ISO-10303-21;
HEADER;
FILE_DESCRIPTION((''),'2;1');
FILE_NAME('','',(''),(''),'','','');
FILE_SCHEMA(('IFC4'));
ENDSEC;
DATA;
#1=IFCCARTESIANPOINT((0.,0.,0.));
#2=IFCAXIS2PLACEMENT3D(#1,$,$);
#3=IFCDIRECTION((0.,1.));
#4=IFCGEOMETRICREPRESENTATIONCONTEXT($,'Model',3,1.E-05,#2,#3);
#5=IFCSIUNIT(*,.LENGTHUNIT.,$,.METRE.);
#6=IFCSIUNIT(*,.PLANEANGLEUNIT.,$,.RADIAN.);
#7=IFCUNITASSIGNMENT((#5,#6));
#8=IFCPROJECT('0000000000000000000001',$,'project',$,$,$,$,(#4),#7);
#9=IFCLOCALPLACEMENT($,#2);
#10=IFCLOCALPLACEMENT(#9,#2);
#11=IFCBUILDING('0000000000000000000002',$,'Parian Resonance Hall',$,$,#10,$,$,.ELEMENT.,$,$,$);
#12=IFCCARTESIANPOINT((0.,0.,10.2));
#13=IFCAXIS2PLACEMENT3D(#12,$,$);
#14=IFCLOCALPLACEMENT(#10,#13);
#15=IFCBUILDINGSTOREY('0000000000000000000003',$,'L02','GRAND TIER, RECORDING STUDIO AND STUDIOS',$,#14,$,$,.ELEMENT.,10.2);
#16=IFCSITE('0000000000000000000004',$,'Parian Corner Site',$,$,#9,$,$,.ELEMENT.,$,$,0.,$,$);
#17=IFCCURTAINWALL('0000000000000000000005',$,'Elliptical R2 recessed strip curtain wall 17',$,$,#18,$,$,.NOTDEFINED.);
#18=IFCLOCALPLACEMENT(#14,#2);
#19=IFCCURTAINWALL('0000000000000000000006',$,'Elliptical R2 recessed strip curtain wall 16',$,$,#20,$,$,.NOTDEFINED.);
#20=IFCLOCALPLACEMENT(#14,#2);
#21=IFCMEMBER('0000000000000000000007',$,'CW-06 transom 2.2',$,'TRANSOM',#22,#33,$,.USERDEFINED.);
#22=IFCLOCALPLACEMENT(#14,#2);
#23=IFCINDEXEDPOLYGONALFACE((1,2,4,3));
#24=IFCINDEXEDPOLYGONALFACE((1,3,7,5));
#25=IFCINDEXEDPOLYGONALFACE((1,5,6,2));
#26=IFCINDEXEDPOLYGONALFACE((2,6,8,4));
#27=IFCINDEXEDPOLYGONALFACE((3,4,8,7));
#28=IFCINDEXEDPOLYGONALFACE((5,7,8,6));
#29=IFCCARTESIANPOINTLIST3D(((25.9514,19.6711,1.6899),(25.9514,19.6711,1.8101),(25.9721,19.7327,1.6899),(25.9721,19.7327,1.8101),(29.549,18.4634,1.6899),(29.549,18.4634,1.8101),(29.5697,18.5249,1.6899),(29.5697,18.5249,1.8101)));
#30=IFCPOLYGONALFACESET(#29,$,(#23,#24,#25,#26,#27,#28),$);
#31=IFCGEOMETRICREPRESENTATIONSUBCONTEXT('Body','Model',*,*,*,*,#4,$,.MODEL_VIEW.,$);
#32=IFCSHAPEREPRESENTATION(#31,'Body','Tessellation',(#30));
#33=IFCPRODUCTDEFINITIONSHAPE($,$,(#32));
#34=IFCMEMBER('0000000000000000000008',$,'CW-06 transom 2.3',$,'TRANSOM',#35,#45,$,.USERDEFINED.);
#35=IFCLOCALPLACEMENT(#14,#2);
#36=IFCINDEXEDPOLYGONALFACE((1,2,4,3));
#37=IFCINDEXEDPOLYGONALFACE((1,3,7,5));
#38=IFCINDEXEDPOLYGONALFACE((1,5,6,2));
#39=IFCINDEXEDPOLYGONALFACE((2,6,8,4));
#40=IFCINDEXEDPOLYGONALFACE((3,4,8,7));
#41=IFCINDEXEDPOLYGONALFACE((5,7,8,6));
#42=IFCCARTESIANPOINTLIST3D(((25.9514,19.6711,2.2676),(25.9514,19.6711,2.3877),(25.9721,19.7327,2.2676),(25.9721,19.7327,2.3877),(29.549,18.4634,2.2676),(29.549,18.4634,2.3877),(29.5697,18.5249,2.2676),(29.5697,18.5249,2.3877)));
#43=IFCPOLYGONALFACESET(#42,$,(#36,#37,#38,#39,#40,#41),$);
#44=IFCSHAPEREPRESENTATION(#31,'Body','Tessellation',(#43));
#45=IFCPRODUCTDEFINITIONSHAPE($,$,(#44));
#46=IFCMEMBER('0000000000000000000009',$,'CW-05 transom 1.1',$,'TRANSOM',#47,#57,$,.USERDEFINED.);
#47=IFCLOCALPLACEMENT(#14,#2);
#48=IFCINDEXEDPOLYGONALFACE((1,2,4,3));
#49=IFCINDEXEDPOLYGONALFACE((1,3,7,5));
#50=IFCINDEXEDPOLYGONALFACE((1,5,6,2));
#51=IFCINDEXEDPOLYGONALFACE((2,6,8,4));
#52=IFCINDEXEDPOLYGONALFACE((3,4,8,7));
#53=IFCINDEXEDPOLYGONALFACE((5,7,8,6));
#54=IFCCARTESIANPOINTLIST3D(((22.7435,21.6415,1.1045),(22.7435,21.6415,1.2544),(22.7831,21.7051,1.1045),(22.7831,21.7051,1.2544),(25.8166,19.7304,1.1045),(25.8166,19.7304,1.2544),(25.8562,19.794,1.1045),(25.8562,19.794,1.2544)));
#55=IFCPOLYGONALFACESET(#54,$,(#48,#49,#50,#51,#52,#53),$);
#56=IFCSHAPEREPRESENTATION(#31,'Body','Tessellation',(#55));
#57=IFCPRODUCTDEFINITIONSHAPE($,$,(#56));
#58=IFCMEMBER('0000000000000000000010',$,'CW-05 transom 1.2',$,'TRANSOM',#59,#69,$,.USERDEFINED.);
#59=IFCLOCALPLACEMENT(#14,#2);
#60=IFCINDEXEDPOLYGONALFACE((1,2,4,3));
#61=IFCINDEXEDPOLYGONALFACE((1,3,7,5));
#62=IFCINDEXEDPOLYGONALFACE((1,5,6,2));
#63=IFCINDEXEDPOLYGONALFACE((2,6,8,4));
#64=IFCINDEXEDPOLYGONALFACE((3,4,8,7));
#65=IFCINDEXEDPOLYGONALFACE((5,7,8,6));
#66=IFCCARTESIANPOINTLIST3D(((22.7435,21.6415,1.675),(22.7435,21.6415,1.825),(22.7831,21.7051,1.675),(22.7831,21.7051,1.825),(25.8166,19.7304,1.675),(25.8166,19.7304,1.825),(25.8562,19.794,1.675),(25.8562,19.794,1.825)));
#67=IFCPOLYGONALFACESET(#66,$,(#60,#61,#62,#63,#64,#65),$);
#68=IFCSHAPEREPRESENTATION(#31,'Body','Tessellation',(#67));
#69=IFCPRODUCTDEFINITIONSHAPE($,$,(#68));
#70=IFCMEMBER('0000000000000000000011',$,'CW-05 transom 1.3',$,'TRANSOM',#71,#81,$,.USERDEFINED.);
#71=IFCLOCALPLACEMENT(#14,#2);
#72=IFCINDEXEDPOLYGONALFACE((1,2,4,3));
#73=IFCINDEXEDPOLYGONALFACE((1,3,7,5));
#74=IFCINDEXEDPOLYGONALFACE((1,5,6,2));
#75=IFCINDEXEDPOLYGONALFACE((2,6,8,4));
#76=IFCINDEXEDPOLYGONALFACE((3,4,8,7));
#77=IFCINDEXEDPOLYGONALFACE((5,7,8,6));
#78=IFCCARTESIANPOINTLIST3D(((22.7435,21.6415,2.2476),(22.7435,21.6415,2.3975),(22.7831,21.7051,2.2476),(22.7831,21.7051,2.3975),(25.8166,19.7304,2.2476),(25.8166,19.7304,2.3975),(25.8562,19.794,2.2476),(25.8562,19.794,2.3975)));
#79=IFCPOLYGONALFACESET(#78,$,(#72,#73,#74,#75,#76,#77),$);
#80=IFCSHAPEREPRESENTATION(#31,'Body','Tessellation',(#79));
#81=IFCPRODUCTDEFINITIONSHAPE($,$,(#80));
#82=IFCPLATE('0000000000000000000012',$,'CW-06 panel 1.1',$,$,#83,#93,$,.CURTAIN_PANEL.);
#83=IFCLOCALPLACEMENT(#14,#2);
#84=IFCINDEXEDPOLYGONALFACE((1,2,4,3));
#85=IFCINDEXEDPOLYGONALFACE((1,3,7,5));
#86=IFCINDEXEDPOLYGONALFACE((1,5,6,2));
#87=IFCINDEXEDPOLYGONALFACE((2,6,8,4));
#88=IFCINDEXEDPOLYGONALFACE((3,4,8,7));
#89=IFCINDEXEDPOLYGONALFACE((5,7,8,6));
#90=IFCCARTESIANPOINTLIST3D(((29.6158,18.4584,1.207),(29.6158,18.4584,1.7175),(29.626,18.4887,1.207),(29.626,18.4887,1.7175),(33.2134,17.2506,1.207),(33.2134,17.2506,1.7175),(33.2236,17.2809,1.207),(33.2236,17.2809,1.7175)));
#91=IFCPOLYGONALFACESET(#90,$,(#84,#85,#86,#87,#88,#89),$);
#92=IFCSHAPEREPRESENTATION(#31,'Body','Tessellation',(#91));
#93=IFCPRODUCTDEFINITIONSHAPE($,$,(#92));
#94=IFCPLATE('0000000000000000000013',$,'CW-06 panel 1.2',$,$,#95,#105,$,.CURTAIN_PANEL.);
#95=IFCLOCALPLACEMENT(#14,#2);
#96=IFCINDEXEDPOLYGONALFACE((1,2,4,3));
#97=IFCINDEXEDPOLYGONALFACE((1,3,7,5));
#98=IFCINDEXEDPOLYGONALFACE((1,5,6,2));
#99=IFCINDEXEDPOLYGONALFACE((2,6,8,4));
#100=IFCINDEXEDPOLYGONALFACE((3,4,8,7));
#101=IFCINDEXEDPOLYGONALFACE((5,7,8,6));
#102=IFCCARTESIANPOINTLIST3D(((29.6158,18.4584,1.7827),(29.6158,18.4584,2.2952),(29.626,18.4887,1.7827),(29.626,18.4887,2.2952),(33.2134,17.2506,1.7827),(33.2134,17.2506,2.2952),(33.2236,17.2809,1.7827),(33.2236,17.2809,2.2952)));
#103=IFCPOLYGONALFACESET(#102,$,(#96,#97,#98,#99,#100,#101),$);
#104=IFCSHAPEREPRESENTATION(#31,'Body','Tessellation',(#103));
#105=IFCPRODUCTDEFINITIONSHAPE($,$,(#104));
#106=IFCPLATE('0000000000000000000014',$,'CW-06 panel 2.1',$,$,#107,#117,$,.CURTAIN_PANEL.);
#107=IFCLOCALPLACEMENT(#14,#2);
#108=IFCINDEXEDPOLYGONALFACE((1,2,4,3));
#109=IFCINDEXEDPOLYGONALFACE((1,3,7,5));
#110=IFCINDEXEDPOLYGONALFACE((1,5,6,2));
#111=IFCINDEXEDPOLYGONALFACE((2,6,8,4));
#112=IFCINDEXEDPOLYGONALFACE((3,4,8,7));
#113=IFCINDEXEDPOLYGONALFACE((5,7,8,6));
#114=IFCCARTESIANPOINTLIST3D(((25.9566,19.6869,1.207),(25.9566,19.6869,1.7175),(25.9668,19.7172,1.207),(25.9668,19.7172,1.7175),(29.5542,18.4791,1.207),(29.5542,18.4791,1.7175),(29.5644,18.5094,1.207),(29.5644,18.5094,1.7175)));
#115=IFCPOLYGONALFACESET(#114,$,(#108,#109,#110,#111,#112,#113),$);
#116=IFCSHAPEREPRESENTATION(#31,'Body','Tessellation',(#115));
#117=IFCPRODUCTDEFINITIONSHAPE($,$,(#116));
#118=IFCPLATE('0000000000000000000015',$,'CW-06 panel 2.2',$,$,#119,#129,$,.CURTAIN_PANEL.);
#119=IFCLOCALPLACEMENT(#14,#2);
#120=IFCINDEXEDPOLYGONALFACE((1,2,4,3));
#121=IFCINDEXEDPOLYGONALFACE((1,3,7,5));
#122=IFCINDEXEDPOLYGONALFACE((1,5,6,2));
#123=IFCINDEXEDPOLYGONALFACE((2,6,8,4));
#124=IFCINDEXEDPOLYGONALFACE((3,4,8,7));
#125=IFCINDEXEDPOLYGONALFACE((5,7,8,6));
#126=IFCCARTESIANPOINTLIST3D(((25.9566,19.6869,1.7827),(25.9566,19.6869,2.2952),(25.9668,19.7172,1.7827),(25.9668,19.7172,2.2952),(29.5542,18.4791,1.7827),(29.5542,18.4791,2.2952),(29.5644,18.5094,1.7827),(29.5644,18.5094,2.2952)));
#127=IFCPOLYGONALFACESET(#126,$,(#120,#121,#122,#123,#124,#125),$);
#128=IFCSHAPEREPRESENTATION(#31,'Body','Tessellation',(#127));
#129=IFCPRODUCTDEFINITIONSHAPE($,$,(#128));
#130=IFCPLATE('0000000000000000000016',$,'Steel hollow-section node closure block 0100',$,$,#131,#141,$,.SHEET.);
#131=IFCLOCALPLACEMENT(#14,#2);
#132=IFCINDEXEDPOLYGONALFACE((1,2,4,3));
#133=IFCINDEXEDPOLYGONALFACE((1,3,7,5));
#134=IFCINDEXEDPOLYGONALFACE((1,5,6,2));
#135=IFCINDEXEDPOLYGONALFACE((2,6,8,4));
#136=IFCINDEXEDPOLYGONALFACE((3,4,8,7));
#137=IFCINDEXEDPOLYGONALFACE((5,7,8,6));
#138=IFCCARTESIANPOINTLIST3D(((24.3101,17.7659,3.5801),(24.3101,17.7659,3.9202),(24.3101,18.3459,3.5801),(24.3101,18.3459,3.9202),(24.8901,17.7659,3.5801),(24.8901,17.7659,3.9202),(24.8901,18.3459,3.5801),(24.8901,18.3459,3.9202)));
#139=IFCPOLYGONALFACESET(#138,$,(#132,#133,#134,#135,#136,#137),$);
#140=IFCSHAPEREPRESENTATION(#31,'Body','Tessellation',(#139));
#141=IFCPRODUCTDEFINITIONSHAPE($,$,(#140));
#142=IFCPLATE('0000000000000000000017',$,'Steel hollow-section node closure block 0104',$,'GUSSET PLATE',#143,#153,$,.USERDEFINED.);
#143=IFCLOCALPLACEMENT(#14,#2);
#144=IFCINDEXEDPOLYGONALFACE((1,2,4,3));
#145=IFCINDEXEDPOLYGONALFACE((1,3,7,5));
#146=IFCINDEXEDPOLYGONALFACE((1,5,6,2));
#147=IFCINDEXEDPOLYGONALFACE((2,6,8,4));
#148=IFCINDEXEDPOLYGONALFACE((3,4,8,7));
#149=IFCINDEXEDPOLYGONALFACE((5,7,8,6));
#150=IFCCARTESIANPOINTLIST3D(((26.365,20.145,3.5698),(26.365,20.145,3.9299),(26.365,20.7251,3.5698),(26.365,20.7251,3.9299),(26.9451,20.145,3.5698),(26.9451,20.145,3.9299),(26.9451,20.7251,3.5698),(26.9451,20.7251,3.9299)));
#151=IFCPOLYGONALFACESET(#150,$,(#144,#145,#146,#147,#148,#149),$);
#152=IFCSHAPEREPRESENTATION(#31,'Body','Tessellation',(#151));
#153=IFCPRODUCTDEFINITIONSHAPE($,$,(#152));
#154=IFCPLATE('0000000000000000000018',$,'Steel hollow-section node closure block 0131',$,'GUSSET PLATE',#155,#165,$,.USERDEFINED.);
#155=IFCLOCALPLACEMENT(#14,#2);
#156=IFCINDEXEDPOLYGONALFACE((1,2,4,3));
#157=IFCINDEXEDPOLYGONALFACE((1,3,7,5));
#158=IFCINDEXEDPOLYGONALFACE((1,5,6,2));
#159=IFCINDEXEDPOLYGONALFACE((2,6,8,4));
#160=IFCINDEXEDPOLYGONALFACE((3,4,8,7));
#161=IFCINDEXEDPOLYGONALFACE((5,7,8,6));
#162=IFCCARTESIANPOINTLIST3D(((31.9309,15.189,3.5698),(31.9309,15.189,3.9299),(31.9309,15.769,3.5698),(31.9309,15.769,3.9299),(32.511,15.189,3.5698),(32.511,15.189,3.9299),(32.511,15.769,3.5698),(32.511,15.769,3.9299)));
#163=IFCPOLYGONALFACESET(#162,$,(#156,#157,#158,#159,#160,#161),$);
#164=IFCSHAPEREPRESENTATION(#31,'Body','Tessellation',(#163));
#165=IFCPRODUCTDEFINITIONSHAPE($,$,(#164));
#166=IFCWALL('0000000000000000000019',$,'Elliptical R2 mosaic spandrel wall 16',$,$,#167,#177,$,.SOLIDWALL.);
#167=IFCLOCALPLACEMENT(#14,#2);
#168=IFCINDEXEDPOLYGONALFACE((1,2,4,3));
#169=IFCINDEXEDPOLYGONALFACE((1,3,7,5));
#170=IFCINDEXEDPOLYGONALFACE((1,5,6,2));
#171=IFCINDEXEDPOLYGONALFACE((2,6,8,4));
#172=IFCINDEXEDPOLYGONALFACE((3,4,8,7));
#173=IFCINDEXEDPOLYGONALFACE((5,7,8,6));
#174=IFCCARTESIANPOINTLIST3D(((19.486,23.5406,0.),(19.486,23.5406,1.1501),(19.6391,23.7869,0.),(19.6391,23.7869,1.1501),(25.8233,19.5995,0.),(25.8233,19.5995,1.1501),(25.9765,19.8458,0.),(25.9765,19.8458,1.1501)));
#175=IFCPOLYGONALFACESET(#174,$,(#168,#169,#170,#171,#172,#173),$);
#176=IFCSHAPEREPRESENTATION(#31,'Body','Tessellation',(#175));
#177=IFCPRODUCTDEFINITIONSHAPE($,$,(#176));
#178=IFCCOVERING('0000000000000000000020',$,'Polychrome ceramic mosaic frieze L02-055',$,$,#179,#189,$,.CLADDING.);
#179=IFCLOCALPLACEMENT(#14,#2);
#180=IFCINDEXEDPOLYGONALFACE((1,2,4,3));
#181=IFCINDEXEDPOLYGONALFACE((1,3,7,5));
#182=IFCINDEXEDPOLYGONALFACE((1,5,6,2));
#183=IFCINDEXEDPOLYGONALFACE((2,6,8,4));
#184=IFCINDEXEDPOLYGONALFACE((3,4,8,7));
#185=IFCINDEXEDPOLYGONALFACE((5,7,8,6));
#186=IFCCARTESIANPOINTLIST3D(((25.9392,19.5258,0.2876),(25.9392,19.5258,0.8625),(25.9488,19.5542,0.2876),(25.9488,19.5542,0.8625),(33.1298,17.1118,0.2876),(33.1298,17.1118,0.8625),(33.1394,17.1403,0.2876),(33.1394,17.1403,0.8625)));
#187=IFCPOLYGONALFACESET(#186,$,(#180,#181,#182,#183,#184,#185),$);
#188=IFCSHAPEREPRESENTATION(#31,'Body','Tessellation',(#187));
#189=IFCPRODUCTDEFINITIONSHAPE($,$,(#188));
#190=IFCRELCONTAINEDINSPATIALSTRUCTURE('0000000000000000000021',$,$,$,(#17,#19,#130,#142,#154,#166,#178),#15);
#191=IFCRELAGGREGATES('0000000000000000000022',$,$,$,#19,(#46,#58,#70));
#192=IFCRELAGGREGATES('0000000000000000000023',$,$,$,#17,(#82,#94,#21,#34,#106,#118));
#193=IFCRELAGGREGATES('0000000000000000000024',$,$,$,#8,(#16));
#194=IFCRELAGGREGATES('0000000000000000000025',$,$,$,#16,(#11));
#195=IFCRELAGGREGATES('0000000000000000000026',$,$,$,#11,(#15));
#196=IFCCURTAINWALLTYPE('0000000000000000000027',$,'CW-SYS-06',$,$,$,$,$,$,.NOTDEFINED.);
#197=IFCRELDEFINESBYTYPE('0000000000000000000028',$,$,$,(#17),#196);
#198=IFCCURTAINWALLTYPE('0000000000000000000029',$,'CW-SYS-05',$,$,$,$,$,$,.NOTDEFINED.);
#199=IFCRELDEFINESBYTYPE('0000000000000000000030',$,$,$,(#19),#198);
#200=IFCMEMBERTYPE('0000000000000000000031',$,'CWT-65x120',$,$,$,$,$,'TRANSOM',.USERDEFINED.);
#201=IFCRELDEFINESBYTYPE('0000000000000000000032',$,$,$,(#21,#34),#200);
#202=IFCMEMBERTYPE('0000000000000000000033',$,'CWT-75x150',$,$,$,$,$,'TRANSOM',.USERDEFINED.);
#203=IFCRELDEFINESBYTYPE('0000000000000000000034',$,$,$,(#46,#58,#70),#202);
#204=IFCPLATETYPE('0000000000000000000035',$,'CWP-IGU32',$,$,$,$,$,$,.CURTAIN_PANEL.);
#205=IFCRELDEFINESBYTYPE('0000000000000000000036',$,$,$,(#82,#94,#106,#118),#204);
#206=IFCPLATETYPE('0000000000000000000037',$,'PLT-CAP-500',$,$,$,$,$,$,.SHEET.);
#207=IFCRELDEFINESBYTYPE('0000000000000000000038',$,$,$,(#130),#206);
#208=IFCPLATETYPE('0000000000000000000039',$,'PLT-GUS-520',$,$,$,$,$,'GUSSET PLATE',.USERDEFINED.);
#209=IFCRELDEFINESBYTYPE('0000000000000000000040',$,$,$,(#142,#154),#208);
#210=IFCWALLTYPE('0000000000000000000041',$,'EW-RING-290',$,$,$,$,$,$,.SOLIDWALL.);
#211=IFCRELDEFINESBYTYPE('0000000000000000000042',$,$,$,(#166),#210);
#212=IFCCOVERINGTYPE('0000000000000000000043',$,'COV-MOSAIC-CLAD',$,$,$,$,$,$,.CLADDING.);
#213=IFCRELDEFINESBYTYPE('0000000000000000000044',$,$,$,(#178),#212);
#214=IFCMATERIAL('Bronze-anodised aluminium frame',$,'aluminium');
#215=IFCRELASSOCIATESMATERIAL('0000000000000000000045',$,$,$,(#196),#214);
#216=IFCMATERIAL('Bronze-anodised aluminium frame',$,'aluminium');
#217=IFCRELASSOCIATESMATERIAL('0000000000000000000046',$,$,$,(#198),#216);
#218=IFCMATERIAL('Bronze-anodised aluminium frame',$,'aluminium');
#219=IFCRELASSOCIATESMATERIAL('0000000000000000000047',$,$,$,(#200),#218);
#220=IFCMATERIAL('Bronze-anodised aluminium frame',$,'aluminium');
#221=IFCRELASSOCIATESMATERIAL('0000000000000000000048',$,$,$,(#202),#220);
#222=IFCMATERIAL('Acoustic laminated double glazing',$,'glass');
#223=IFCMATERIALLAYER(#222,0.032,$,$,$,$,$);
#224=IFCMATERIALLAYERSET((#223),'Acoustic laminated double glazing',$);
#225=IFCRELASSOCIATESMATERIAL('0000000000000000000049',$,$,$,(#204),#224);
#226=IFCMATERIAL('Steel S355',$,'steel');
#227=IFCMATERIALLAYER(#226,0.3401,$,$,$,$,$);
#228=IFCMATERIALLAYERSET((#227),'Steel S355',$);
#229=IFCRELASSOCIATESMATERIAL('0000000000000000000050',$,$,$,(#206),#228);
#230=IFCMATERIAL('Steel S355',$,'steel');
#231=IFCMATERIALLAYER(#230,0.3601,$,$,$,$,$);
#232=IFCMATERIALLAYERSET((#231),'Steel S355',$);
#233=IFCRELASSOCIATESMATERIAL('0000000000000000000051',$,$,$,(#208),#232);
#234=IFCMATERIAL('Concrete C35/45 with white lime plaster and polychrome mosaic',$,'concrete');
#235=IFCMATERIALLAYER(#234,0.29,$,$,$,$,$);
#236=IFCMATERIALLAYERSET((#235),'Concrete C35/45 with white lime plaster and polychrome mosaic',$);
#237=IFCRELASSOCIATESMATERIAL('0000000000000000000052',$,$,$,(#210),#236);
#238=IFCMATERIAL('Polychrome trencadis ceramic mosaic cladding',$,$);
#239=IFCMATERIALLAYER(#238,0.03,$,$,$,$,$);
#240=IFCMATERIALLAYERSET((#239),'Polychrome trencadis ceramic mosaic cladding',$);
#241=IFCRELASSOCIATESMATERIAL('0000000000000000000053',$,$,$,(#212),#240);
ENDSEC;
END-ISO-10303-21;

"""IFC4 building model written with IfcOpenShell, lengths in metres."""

from ifc_helpers import new_model, si_unit, direction, frame, frame_2d, origin, origin_2d, place, context, subcontext, project, spatial, rectangle, extrude, material, layer, layer_set, material_profile, profile_set, type_object, element, aggregate, save


model = new_model("IFC4")

# Units and contexts
model_context = context("Model", 3, precision=1e-05, world=origin(), true_north=direction((0.0, 1.0)))
body_context = subcontext(model_context, "Body", "Model", "MODEL_VIEW")
ifc_project = project(units=[si_unit("LENGTHUNIT", "METRE"), si_unit("PLANEANGLEUNIT", "RADIAN")], contexts=[model_context])

# Site, building, storey
site_placement = place(None, origin())
site = spatial("IfcSite", under=ifc_project, at=site_placement, Name="Parian Corner Site", CompositionType="ELEMENT", RefElevation=0.0)
building_placement = place(site_placement, origin())
building = spatial("IfcBuilding", under=site, at=building_placement, Name="Parian Resonance Hall", CompositionType="ELEMENT")
storey_placement = place(building_placement, frame((0.0, 0.0, 10.2)))
storey = spatial("IfcBuildingStorey", under=building, at=storey_placement, Name="L02", Description="GRAND TIER, RECORDING STUDIO AND STUDIOS", CompositionType="ELEMENT", Elevation=10.2)

# Curtain wall
ifc_material_1 = material(Name="Bronze-anodised aluminium frame", Category="aluminium")
curtain_wall_type_1 = type_object("IfcCurtainWallType", Name="CW-SYS-06", PredefinedType="NOTDEFINED", material=ifc_material_1)
curtain_wall_1_placement = place(storey_placement, origin())
curtain_wall_1 = element("IfcCurtainWall", 1, at=curtain_wall_1_placement, inside=storey, type_object=curtain_wall_type_1, Name="Elliptical R2 recessed strip curtain wall 17", PredefinedType="NOTDEFINED")

# Curtain wall
ifc_material_2 = material(Name="Bronze-anodised aluminium frame", Category="aluminium")
curtain_wall_type_2 = type_object("IfcCurtainWallType", Name="CW-SYS-05", PredefinedType="NOTDEFINED", material=ifc_material_2)
curtain_wall_2_placement = place(storey_placement, origin())
curtain_wall_2 = element("IfcCurtainWall", 2, at=curtain_wall_2_placement, inside=storey, type_object=curtain_wall_type_2, Name="Elliptical R2 recessed strip curtain wall 16", PredefinedType="NOTDEFINED")

# Members
ifc_material_3 = material(Name="Bronze-anodised aluminium frame", Category="aluminium")
ifc_material_profile_1 = material_profile(ifc_material_3, rectangle(XDim=0.0649, YDim=0.1201, at=origin_2d()), Name="CWT-65x120")
ifc_profile_set_1 = profile_set([ifc_material_profile_1], Name="Bronze-anodised aluminium frame")
member_type_1 = type_object("IfcMemberType", Name="CWT-65x120", ElementType="TRANSOM", PredefinedType="USERDEFINED", material=ifc_profile_set_1)
member_1_placement = place(storey_placement, frame((29.5593, 18.4941, 1.75), z_axis=(-0.948006, 0.318254, 0.0), x_axis=(-0.318254, -0.948006, 0.0)))
member_1 = element("IfcMember", 3, at=member_1_placement, type_object=member_type_1, Name="CW-06 transom 2.2", ObjectType="TRANSOM", PredefinedType="USERDEFINED", context=body_context, shape_type="SweptSolid", body=[
    extrude(rectangle(XDim=0.0649, YDim=0.1201, at=origin_2d()), origin(), (0.0, 0.0, 1.0), 3.7949),
])
member_2_placement = place(storey_placement, frame((29.5593, 18.4941, 2.3276), z_axis=(-0.948006, 0.318254, 0.0), x_axis=(-0.318254, -0.948006, 0.0)))
member_2 = element("IfcMember", 4, at=member_2_placement, type_object=member_type_1, Name="CW-06 transom 2.3", ObjectType="TRANSOM", PredefinedType="USERDEFINED", context=body_context, shape_type="SweptSolid", body=[
    extrude(rectangle(XDim=0.0649, YDim=0.1201, at=origin_2d()), origin(), (0.0, 0.0, 1.0), 3.7949),
])
ifc_material_4 = material(Name="Bronze-anodised aluminium frame", Category="aluminium")
ifc_material_profile_2 = material_profile(ifc_material_4, rectangle(XDim=0.075, YDim=0.1499, at=origin_2d()), Name="CWT-75x150")
ifc_profile_set_2 = profile_set([ifc_material_profile_2], Name="Bronze-anodised aluminium frame")
member_type_2 = type_object("IfcMemberType", Name="CWT-75x150", ElementType="TRANSOM", PredefinedType="USERDEFINED", material=ifc_profile_set_2)
member_3_placement = place(storey_placement, frame((25.8364, 19.7622, 1.1794), z_axis=(-0.849194, 0.528081, 0.0), x_axis=(-0.528081, -0.849194, 0.0)))
member_3 = element("IfcMember", 5, at=member_3_placement, type_object=member_type_2, Name="CW-05 transom 1.1", ObjectType="TRANSOM", PredefinedType="USERDEFINED", context=body_context, shape_type="SweptSolid", body=[
    extrude(rectangle(XDim=0.075, YDim=0.1499, at=origin_2d()), origin(), (0.0, 0.0, 1.0), 3.6189),
])
member_4_placement = place(storey_placement, frame((25.8364, 19.7622, 1.75), z_axis=(-0.849194, 0.528081, 0.0), x_axis=(-0.528081, -0.849194, 0.0)))
member_4 = element("IfcMember", 6, at=member_4_placement, type_object=member_type_2, Name="CW-05 transom 1.2", ObjectType="TRANSOM", PredefinedType="USERDEFINED", context=body_context, shape_type="SweptSolid", body=[
    extrude(rectangle(XDim=0.075, YDim=0.1499, at=origin_2d()), origin(), (0.0, 0.0, 1.0), 3.6189),
])
member_5_placement = place(storey_placement, frame((25.8364, 19.7622, 2.3225), z_axis=(-0.849194, 0.528081, 0.0), x_axis=(-0.528081, -0.849194, 0.0)))
member_5 = element("IfcMember", 7, at=member_5_placement, type_object=member_type_2, Name="CW-05 transom 1.3", ObjectType="TRANSOM", PredefinedType="USERDEFINED", context=body_context, shape_type="SweptSolid", body=[
    extrude(rectangle(XDim=0.075, YDim=0.1499, at=origin_2d()), origin(), (0.0, 0.0, 1.0), 3.6189),
])
aggregate(curtain_wall_2, [member_3, member_4, member_5])

# Plates
ifc_material_5 = material(Name="Acoustic laminated double glazing", Category="glass")
ifc_layer_1 = layer(ifc_material_5, 0.032)
ifc_layer_set_1 = layer_set([ifc_layer_1], Name="Acoustic laminated double glazing")
plate_type_1 = type_object("IfcPlateType", Name="CWP-IGU32", PredefinedType="CURTAIN_PANEL", material=ifc_layer_set_1)
plate_1_placement = place(storey_placement, frame((31.4197, 17.8696, 1.207), z_axis=(0.0, 0.0, 1.0), x_axis=(-0.948004, 0.318258, 0.0)))
plate_1 = element("IfcPlate", 8, at=plate_1_placement, type_object=plate_type_1, Name="CW-06 panel 1.1", PredefinedType="CURTAIN_PANEL", context=body_context, shape_type="SweptSolid", body=[
    extrude(rectangle(XDim=3.7949, YDim=0.032, at=origin_2d()), origin(), (0.0, 0.0, 1.0), 0.5105),
])
plate_2_placement = place(storey_placement, frame((31.4197, 17.8696, 1.7827), z_axis=(0.0, 0.0, 1.0), x_axis=(-0.948004, 0.318258, 0.0)))
plate_2 = element("IfcPlate", 9, at=plate_2_placement, type_object=plate_type_1, Name="CW-06 panel 1.2", PredefinedType="CURTAIN_PANEL", context=body_context, shape_type="SweptSolid", body=[
    extrude(rectangle(XDim=3.7949, YDim=0.032, at=origin_2d()), origin(), (0.0, 0.0, 1.0), 0.5125),
])
plate_3_placement = place(storey_placement, frame((27.7605, 19.0981, 1.207), z_axis=(0.0, 0.0, 1.0), x_axis=(-0.948004, 0.318258, 0.0)))
plate_3 = element("IfcPlate", 10, at=plate_3_placement, type_object=plate_type_1, Name="CW-06 panel 2.1", PredefinedType="CURTAIN_PANEL", context=body_context, shape_type="SweptSolid", body=[
    extrude(rectangle(XDim=3.7949, YDim=0.032, at=origin_2d()), origin(), (0.0, 0.0, 1.0), 0.5105),
])
plate_4_placement = place(storey_placement, frame((27.7605, 19.0981, 1.7827), z_axis=(0.0, 0.0, 1.0), x_axis=(-0.948004, 0.318258, 0.0)))
plate_4 = element("IfcPlate", 11, at=plate_4_placement, type_object=plate_type_1, Name="CW-06 panel 2.2", PredefinedType="CURTAIN_PANEL", context=body_context, shape_type="SweptSolid", body=[
    extrude(rectangle(XDim=3.7949, YDim=0.032, at=origin_2d()), origin(), (0.0, 0.0, 1.0), 0.5125),
])
aggregate(curtain_wall_1, [plate_1, plate_2, member_1, member_2, plate_3, plate_4])

# Plates
ifc_material_6 = material(Name="Steel S355", Category="steel")
ifc_layer_2 = layer(ifc_material_6, 0.3401)
ifc_layer_set_2 = layer_set([ifc_layer_2], Name="Steel S355")
plate_type_2 = type_object("IfcPlateType", Name="PLT-CAP-500", PredefinedType="SHEET", material=ifc_layer_set_2)
plate_5_placement = place(storey_placement, frame((24.6001, 18.0559, 3.5801), z_axis=(0.0, 0.0, 1.0), x_axis=(1.0, 0.0, 0.0)))
element("IfcPlate", 12, at=plate_5_placement, inside=storey, type_object=plate_type_2, Name="Steel hollow-section node closure block 0100", PredefinedType="SHEET", context=body_context, shape_type="SweptSolid", body=[
    extrude(rectangle(XDim=0.5801, YDim=0.5801, at=origin_2d()), origin(), (0.0, 0.0, 1.0), 0.3401),
])
ifc_material_7 = material(Name="Steel S355", Category="steel")
ifc_layer_3 = layer(ifc_material_7, 0.3601)
ifc_layer_set_3 = layer_set([ifc_layer_3], Name="Steel S355")
plate_type_3 = type_object("IfcPlateType", Name="PLT-GUS-520", ElementType="GUSSET PLATE", PredefinedType="USERDEFINED", material=ifc_layer_set_3)
for number, where, z_axis, x_axis, name in (
    (13, (26.655, 20.4351, 3.5698), (0.0, 0.0, 1.0), (1.0, 0.0, 0.0), "Steel hollow-section node closure block 0104"),
    (14, (32.2209, 15.479, 3.5698), (0.0, 0.0, 1.0), (1.0, 0.0, 0.0), "Steel hollow-section node closure block 0131"),
):
    element("IfcPlate", number, at=place(storey_placement, frame(where, z_axis=z_axis, x_axis=x_axis)), inside=storey, type_object=plate_type_3, Name=name, ObjectType="GUSSET PLATE", PredefinedType="USERDEFINED", context=body_context, shape_type="SweptSolid", body=[
        extrude(rectangle(XDim=0.5801, YDim=0.5801, at=origin_2d()), origin(), (0.0, 0.0, 1.0), 0.3601),
    ])

# Wall
ifc_material_8 = material(Name="Concrete C35/45 with white lime plaster and polychrome mosaic", Category="concrete")
ifc_layer_4 = layer(ifc_material_8, 0.29)
ifc_layer_set_4 = layer_set([ifc_layer_4], Name="Concrete C35/45 with white lime plaster and polychrome mosaic")
wall_type = type_object("IfcWallType", Name="EW-RING-290", PredefinedType="SOLIDWALL", material=ifc_layer_set_4)
wall_placement = place(storey_placement, frame((25.8999, 19.7227, 0.0), z_axis=(0.0, 0.0, 1.0), x_axis=(-0.849183, 0.528098, 0.0)))
element("IfcWall", 15, at=wall_placement, inside=storey, type_object=wall_type, Name="Elliptical R2 mosaic spandrel wall 16", PredefinedType="SOLIDWALL", context=body_context, shape_type="SweptSolid", body=[
    extrude(rectangle(XDim=7.4629, YDim=0.29, at=frame_2d((3.7314, 0.0))), origin(), (0.0, 0.0, 1.0), 1.1501),
])

# Covering
ifc_material_9 = material(Name="Polychrome trencadis ceramic mosaic cladding")
ifc_layer_5 = layer(ifc_material_9, 0.03)
ifc_layer_set_5 = layer_set([ifc_layer_5], Name="Polychrome trencadis ceramic mosaic cladding")
covering_type = type_object("IfcCoveringType", Name="COV-MOSAIC-CLAD", PredefinedType="CLADDING", material=ifc_layer_set_5)
covering_1_placement = place(storey_placement, frame((29.5393, 18.333, 0.2876), z_axis=(0.0, 0.0, 1.0), x_axis=(-0.948004, 0.318258, 0.0)))
element("IfcCovering", 16, at=covering_1_placement, inside=storey, type_object=covering_type, Name="Polychrome ceramic mosaic frieze L02-055", PredefinedType="CLADDING", context=body_context, shape_type="SweptSolid", body=[
    extrude(rectangle(XDim=7.585, YDim=0.03, at=origin_2d()), origin(), (0.0, 0.0, 1.0), 0.575),
])

save(model, "model.ifc")
